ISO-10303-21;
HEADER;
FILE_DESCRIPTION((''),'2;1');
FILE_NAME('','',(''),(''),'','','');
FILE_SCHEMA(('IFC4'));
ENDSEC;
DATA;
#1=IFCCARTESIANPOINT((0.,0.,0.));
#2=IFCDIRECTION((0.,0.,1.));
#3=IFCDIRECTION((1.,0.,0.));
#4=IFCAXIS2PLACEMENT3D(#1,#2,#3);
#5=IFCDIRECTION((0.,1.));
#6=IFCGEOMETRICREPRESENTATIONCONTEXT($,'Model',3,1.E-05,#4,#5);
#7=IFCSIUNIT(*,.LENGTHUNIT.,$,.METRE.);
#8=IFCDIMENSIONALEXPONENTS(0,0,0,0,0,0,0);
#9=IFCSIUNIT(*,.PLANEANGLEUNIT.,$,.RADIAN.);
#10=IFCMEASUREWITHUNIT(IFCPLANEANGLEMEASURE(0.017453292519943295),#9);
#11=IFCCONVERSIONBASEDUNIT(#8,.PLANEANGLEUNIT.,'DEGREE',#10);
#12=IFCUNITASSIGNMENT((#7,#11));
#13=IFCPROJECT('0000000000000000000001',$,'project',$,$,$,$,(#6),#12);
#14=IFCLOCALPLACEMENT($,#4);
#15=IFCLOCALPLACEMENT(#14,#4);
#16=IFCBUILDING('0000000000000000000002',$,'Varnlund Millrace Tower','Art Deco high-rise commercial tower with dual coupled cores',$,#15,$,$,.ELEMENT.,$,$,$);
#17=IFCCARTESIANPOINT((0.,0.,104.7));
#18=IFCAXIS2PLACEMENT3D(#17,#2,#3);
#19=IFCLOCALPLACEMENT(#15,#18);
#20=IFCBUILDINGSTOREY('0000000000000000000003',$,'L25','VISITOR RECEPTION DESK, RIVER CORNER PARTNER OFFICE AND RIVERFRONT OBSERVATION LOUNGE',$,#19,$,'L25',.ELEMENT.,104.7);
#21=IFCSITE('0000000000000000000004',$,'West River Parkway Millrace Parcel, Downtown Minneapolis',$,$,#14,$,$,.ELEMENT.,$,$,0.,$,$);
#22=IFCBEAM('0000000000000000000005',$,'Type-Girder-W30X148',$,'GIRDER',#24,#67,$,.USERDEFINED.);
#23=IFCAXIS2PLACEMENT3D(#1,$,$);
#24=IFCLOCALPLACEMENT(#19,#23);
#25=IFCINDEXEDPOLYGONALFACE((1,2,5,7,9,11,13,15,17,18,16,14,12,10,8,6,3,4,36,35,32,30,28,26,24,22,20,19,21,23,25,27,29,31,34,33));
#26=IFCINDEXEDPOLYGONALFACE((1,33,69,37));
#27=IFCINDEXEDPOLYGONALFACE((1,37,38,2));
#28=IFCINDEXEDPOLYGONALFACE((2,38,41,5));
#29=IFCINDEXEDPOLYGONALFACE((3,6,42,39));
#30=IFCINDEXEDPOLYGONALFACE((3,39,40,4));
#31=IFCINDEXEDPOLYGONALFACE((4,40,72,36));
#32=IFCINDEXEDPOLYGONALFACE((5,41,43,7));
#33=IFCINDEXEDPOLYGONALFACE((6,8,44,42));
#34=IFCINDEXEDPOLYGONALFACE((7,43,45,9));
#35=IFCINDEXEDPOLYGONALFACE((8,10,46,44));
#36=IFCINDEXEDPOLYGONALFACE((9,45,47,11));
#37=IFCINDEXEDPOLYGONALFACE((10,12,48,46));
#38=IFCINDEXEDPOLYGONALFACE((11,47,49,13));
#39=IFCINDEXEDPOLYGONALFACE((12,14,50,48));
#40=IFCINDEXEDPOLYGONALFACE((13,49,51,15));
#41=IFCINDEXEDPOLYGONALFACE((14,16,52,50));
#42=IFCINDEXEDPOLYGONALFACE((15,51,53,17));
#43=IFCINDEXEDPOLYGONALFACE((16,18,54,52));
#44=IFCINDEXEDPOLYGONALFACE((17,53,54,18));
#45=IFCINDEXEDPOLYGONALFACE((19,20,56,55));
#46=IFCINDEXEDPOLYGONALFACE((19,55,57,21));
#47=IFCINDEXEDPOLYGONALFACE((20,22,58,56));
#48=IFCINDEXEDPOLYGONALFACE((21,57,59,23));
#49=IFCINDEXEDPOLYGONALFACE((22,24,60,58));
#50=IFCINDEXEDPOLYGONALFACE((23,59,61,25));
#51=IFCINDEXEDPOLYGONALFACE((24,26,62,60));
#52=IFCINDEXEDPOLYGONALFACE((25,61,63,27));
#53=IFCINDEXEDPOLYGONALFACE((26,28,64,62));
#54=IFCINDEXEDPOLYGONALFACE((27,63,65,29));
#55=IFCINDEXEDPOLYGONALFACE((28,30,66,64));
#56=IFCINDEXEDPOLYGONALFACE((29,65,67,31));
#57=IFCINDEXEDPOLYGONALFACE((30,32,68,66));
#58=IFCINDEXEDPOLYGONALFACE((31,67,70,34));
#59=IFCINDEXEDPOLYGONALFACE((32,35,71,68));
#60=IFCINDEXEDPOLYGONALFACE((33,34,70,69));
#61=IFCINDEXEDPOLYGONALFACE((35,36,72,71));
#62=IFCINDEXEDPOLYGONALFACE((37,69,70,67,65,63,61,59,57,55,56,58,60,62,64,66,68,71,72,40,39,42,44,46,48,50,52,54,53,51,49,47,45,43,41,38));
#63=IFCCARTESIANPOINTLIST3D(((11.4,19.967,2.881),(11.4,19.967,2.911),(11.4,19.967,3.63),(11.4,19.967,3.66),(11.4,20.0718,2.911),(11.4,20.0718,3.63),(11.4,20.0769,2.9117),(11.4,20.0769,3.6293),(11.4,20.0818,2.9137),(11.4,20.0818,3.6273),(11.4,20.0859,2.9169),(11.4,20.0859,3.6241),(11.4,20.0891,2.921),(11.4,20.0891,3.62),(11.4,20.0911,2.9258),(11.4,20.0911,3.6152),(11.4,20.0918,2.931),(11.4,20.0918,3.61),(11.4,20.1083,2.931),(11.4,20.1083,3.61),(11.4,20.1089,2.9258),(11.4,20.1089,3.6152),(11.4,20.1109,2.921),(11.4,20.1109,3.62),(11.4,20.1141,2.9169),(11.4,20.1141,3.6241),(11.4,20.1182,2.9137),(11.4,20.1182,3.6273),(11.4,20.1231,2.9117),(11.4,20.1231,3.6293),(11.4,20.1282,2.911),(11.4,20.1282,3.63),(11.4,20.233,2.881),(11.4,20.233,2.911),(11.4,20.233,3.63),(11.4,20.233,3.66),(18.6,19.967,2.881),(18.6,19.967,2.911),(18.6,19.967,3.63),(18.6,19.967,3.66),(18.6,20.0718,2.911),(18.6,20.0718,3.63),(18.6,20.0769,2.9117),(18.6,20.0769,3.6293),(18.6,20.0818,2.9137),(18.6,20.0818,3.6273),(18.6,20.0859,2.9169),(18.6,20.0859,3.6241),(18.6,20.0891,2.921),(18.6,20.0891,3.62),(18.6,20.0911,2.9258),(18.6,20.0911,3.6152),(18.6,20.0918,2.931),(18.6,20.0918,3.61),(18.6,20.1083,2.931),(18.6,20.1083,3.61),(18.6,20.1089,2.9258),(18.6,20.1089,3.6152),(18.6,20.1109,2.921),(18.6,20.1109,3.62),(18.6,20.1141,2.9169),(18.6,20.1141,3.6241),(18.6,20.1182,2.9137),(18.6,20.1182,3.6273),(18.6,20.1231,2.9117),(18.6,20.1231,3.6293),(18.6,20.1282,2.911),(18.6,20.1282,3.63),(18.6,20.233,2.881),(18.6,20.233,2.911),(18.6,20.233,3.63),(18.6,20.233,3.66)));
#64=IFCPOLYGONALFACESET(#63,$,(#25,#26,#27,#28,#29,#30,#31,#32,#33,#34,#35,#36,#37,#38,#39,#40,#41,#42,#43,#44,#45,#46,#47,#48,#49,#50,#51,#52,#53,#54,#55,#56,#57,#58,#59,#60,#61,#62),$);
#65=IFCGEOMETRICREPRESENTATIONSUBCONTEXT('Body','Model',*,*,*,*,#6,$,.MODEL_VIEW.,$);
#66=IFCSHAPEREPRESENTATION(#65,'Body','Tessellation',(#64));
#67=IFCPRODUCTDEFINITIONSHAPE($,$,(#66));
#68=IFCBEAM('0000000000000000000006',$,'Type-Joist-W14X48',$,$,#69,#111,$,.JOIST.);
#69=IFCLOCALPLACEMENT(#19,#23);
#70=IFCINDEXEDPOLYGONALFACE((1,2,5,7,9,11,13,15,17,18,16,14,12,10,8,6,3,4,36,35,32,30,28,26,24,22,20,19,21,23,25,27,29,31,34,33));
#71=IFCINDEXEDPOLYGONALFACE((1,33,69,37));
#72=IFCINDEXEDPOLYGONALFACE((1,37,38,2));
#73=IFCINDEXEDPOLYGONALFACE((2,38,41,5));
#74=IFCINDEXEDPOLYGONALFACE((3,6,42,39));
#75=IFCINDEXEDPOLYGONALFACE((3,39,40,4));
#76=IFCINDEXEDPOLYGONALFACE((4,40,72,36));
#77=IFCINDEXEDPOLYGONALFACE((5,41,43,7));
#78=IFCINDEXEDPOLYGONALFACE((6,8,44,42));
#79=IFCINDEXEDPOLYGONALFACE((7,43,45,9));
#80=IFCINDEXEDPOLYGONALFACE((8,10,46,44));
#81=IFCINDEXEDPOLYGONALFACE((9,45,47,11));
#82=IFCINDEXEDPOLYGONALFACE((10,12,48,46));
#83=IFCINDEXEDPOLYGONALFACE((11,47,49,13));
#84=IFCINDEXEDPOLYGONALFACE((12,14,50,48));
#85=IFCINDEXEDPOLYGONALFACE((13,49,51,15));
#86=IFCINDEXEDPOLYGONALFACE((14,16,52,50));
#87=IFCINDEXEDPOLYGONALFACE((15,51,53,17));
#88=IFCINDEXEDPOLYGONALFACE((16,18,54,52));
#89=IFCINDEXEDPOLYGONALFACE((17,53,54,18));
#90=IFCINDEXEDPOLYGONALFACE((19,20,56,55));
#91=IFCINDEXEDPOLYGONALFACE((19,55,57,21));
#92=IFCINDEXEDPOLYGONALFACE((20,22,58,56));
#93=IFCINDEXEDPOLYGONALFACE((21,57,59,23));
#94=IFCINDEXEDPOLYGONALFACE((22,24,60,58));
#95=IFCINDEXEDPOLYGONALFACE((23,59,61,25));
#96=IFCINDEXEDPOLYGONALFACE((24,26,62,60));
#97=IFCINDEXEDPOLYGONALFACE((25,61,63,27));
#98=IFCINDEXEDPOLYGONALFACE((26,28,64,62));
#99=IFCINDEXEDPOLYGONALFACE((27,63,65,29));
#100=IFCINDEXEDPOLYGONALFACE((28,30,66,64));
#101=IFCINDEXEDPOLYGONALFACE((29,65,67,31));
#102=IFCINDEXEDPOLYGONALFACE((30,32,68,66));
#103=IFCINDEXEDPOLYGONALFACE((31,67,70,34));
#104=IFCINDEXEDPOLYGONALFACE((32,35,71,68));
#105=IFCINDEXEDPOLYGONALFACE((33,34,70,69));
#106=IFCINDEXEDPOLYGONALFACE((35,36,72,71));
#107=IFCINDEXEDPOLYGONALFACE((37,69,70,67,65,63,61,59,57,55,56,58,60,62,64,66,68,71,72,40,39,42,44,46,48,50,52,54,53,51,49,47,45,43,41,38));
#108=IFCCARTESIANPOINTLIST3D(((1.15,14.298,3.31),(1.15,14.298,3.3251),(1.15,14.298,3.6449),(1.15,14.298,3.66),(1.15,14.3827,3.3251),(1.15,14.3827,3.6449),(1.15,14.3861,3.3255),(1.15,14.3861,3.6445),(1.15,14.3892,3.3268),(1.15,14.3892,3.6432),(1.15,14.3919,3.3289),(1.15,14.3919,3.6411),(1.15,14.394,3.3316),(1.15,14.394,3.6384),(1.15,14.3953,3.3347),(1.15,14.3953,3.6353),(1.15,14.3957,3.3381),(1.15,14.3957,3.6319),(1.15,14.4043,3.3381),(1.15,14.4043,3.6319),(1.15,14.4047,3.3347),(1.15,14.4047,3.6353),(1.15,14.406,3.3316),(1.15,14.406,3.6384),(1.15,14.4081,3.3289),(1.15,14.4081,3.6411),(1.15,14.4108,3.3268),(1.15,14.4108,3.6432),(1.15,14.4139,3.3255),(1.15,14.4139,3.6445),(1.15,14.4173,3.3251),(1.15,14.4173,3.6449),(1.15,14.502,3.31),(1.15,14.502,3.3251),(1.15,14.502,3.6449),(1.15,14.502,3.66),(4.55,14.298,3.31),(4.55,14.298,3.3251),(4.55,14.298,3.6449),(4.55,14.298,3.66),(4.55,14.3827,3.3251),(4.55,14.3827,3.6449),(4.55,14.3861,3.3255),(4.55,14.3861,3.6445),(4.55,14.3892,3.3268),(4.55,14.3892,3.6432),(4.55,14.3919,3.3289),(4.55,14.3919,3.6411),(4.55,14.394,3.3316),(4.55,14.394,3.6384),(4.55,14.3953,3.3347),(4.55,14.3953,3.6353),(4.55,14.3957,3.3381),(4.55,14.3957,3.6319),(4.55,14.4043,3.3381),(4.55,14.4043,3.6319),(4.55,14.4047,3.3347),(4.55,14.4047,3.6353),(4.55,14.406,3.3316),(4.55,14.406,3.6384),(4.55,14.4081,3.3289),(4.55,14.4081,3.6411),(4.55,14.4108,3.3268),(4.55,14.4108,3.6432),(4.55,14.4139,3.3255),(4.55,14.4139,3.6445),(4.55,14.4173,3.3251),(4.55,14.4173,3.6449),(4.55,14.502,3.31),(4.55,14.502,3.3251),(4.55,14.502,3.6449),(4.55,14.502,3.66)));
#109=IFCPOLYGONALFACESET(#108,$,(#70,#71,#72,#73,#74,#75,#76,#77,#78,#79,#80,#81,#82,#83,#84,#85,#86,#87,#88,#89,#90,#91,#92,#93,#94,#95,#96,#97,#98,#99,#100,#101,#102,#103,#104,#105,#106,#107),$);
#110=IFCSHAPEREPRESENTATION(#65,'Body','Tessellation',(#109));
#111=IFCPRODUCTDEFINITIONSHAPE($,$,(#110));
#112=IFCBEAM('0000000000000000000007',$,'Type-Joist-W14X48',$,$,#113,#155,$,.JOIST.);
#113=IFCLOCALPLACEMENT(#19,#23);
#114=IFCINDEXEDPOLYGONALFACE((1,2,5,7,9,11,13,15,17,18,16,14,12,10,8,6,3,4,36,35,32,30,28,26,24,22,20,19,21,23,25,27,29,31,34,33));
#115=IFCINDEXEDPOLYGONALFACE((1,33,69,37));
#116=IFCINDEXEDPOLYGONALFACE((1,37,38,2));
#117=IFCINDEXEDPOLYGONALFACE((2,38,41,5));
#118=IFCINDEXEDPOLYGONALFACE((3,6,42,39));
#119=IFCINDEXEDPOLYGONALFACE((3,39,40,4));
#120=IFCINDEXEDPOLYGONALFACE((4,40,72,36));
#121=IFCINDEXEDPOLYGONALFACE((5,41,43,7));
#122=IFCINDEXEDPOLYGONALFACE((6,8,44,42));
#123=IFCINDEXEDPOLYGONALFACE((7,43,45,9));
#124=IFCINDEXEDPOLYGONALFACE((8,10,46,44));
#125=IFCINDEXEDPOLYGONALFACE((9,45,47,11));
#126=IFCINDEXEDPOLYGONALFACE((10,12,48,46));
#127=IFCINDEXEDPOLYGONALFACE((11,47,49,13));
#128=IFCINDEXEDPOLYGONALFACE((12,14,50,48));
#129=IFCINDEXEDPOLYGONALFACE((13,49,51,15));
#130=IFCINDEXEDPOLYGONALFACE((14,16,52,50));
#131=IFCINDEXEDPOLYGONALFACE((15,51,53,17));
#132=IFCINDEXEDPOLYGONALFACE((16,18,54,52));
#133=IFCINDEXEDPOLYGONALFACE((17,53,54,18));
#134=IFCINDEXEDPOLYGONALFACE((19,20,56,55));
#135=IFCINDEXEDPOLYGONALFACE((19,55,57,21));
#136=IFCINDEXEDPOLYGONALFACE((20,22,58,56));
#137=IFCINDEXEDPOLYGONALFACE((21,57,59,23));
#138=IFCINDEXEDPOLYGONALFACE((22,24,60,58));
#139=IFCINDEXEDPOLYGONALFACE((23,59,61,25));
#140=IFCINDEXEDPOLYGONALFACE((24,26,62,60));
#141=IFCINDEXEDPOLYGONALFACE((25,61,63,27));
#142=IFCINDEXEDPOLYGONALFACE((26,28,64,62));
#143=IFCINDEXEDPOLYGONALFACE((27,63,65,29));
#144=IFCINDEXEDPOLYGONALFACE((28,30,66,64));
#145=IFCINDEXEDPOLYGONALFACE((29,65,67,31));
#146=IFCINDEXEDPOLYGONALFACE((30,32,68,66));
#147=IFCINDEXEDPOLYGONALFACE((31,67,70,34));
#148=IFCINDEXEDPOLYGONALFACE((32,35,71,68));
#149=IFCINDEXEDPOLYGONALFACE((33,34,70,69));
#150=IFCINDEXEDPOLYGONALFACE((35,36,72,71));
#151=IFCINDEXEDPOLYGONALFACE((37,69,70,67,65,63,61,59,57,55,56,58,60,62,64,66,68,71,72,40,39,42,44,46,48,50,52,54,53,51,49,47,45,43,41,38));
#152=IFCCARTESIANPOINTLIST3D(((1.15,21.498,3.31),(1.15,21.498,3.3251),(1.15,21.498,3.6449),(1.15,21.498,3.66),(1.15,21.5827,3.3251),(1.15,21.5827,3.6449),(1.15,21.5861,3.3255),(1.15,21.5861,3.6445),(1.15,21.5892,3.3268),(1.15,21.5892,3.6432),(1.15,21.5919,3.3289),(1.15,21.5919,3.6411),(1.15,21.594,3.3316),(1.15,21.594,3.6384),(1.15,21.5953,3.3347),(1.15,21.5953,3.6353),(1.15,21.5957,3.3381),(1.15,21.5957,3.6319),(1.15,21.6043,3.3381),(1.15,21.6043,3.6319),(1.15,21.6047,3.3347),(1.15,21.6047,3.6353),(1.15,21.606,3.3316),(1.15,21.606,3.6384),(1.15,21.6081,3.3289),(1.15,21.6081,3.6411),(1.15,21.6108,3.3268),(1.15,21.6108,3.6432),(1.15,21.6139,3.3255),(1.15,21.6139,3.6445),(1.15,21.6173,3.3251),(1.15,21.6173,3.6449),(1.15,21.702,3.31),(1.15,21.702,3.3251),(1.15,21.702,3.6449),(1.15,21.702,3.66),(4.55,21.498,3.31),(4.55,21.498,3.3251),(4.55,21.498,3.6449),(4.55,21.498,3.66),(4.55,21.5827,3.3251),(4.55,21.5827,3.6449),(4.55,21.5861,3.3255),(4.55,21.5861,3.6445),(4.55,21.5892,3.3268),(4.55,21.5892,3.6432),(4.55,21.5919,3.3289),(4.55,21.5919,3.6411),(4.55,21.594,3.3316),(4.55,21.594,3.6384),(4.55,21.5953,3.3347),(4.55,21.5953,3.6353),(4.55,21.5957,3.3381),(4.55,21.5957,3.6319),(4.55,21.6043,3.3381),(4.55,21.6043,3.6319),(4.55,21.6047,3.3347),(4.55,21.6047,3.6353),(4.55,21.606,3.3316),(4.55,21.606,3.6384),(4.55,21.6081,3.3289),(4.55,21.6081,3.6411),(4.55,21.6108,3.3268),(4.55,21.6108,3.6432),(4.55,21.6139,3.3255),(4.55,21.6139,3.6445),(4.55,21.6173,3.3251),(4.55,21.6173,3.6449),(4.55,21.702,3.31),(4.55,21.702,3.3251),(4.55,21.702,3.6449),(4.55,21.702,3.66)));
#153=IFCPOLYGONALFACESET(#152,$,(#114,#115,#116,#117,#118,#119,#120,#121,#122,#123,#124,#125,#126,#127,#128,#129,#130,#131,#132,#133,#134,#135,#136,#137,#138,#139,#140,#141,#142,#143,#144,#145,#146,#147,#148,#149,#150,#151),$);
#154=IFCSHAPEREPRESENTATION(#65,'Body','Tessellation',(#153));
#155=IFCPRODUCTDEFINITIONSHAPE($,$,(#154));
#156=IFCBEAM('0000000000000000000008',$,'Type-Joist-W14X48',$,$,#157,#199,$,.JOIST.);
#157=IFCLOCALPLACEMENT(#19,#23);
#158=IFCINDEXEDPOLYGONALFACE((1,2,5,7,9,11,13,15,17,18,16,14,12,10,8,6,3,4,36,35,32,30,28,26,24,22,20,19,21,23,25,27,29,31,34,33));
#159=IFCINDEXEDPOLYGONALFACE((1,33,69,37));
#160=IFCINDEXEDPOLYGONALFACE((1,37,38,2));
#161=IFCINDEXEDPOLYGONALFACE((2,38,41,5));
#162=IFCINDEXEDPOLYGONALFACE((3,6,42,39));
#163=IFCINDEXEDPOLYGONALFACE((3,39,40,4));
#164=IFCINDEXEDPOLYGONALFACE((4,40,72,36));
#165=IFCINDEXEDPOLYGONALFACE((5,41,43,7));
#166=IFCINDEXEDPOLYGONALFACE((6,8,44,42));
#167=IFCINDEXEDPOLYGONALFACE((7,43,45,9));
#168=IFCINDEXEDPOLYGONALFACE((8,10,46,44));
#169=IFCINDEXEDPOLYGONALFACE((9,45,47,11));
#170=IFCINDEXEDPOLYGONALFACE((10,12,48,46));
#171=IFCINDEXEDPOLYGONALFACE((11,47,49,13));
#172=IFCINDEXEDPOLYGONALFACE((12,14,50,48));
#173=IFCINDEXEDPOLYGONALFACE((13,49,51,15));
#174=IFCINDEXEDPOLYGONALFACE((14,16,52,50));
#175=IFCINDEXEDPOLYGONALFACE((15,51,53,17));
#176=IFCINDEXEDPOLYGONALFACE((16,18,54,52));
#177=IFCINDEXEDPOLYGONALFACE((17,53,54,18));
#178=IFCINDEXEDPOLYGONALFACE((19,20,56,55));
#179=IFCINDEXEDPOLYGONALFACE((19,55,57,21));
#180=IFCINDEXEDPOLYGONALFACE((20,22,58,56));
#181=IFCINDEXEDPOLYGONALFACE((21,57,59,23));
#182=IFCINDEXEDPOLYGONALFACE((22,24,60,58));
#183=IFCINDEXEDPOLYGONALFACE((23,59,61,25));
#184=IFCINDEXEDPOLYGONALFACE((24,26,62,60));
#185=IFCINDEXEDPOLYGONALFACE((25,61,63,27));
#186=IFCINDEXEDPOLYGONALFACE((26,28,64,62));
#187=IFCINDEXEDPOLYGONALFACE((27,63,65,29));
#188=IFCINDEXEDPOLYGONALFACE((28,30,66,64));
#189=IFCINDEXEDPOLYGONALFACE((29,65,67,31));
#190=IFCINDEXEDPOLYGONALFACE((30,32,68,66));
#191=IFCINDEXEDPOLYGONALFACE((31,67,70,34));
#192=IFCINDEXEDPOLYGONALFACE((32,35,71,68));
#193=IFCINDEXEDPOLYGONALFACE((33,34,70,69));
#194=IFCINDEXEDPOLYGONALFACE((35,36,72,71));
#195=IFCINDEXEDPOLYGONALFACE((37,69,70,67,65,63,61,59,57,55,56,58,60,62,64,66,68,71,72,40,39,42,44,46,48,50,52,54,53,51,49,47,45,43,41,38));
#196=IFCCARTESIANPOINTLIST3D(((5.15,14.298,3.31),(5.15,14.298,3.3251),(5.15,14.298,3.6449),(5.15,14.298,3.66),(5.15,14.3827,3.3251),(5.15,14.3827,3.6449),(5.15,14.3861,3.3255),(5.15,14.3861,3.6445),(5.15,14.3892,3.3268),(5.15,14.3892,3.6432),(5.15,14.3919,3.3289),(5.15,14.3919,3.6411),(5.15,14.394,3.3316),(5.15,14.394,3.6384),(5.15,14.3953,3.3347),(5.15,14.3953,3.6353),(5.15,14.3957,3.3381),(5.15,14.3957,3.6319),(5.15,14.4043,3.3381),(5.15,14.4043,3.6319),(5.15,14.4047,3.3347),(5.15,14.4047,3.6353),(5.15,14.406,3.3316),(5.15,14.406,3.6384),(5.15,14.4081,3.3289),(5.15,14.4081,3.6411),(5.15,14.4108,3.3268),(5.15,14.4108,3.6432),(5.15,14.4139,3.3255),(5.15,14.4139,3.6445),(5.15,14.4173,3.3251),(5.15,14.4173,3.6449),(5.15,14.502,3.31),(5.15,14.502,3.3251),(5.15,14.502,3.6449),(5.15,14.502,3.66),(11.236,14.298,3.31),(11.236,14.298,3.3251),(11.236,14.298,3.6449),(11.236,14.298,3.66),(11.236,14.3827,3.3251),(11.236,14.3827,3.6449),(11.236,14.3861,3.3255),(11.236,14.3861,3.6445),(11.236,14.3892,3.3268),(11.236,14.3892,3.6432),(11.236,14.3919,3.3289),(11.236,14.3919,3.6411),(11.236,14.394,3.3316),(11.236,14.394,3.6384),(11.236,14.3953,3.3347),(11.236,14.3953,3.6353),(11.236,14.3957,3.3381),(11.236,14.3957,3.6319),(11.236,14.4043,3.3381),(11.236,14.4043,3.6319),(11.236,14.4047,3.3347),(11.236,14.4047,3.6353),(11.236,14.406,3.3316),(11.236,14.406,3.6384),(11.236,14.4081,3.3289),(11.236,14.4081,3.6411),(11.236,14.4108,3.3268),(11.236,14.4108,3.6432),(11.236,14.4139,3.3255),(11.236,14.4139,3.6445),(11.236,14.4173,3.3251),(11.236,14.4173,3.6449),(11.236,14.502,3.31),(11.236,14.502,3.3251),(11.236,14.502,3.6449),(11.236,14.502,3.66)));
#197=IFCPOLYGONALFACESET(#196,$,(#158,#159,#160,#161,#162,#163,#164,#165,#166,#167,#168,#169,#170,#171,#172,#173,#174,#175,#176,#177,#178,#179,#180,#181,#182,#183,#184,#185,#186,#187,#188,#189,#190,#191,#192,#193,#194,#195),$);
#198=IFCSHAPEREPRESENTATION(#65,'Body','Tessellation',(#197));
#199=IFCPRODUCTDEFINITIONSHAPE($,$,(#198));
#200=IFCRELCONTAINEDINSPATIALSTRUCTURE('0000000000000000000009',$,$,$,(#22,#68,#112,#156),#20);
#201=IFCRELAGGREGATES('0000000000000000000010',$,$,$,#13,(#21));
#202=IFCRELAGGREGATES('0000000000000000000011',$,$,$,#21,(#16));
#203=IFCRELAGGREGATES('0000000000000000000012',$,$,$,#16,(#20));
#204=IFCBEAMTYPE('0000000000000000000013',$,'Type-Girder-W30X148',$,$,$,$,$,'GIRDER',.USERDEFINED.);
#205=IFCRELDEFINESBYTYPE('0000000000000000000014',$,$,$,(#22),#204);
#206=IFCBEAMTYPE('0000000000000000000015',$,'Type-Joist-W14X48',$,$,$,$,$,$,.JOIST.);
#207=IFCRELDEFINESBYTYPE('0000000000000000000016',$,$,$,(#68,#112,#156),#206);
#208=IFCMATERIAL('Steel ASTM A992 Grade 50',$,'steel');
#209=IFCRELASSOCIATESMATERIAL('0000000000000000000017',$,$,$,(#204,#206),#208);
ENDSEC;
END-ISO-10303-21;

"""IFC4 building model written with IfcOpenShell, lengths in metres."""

from ifc_helpers import new_model, entity, si_unit, converted_unit, direction, frame, origin_with_axes, origin_2d_with_axis, place, context, subcontext, project, spatial, i_section, extrude, material, material_profile, profile_set, type_object, element, save


model = new_model("IFC4")

# Units and contexts
model_context = context("Model", 3, precision=1e-05, world=origin_with_axes(), true_north=direction((0.0, 1.0)))
body_context = subcontext(model_context, "Body", "Model", "MODEL_VIEW")
ifc_project = project(units=[si_unit("LENGTHUNIT", "METRE"), converted_unit("PLANEANGLEUNIT", "DEGREE", entity("IfcPlaneAngleMeasure", 0.017453292519943295), si_unit("PLANEANGLEUNIT", "RADIAN"), dimensions=[0, 0, 0, 0, 0, 0, 0])], contexts=[model_context])

# Site, building, storey
site_placement = place(None, origin_with_axes())
site = spatial("IfcSite", under=ifc_project, at=site_placement, Name="West River Parkway Millrace Parcel, Downtown Minneapolis", CompositionType="ELEMENT", RefElevation=0.0)
building_placement = place(site_placement, origin_with_axes())
building = spatial("IfcBuilding", under=site, at=building_placement, Name="Varnlund Millrace Tower", Description="Art Deco high-rise commercial tower with dual coupled cores", CompositionType="ELEMENT")
storey_placement = place(building_placement, frame((0.0, 0.0, 104.7), z_axis=(0.0, 0.0, 1.0), x_axis=(1.0, 0.0, 0.0)))
storey = spatial("IfcBuildingStorey", under=building, at=storey_placement, Name="L25", Description="VISITOR RECEPTION DESK, RIVER CORNER PARTNER OFFICE AND RIVERFRONT OBSERVATION LOUNGE", LongName="L25", CompositionType="ELEMENT", Elevation=104.7)

# Beams
ifc_material_1 = material(Name="Steel ASTM A992 Grade 50", Category="steel")
ifc_material_profile_1 = material_profile(ifc_material_1, i_section(OverallWidth=0.266, OverallDepth=0.779, WebThickness=0.0165, FlangeThickness=0.03, FilletRadius=0.02, at=origin_2d_with_axis()), Name="Steel ASTM A992 Grade 50")
ifc_profile_set_1 = profile_set([ifc_material_profile_1], Name="Steel ASTM A992 Grade 50")
beam_type_1 = type_object("IfcBeamType", Name="Type-Girder-W30X148", ElementType="GIRDER", PredefinedType="USERDEFINED", material=ifc_profile_set_1)
beam_1_placement = place(storey_placement, frame((11.4, 20.1, 3.2705), z_axis=(1.0, 0.0, 0.0), x_axis=(0.0, 1.0, 0.0)))
element("IfcBeam", 1, at=beam_1_placement, inside=storey, type_object=beam_type_1, Name="Type-Girder-W30X148", ObjectType="GIRDER", PredefinedType="USERDEFINED", context=body_context, shape_type="SweptSolid", body=[
    extrude(i_section(OverallWidth=0.266, OverallDepth=0.779, WebThickness=0.0165, FlangeThickness=0.03, FilletRadius=0.02, at=origin_2d_with_axis()), origin_with_axes(), (0.0, 0.0, 1.0), 7.2),
])
ifc_material_profile_2 = material_profile(ifc_material_1, i_section(OverallWidth=0.204, OverallDepth=0.35, WebThickness=0.0086, FlangeThickness=0.0151, FilletRadius=0.013, at=origin_2d_with_axis()), Name="Steel ASTM A992 Grade 50")
ifc_profile_set_2 = profile_set([ifc_material_profile_2], Name="Steel ASTM A992 Grade 50")
beam_type_2 = type_object("IfcBeamType", Name="Type-Joist-W14X48", PredefinedType="JOIST", material=ifc_profile_set_2)
for number, where, z_axis, x_axis, name in (
    (2, (1.15, 14.4, 3.485), (1.0, 0.0, 0.0), (0.0, 1.0, 0.0), "Type-Joist-W14X48"),
    (3, (1.15, 21.6, 3.485), (1.0, 0.0, 0.0), (0.0, 1.0, 0.0), "Type-Joist-W14X48"),
):
    element("IfcBeam", number, at=place(storey_placement, frame(where, z_axis=z_axis, x_axis=x_axis)), inside=storey, type_object=beam_type_2, Name=name, PredefinedType="JOIST", context=body_context, shape_type="SweptSolid", body=[
        extrude(i_section(OverallWidth=0.204, OverallDepth=0.35, WebThickness=0.0086, FlangeThickness=0.0151, FilletRadius=0.013, at=origin_2d_with_axis()), origin_with_axes(), (0.0, 0.0, 1.0), 3.4),
    ])
beam_2_placement = place(storey_placement, frame((5.15, 14.4, 3.485), z_axis=(1.0, 0.0, 0.0), x_axis=(0.0, 1.0, 0.0)))
element("IfcBeam", 4, at=beam_2_placement, inside=storey, type_object=beam_type_2, Name="Type-Joist-W14X48", PredefinedType="JOIST", context=body_context, shape_type="SweptSolid", body=[
    extrude(i_section(OverallWidth=0.204, OverallDepth=0.35, WebThickness=0.0086, FlangeThickness=0.0151, FilletRadius=0.013, at=origin_2d_with_axis()), origin_with_axes(), (0.0, 0.0, 1.0), 6.086),
])

save(model, "model.ifc")
